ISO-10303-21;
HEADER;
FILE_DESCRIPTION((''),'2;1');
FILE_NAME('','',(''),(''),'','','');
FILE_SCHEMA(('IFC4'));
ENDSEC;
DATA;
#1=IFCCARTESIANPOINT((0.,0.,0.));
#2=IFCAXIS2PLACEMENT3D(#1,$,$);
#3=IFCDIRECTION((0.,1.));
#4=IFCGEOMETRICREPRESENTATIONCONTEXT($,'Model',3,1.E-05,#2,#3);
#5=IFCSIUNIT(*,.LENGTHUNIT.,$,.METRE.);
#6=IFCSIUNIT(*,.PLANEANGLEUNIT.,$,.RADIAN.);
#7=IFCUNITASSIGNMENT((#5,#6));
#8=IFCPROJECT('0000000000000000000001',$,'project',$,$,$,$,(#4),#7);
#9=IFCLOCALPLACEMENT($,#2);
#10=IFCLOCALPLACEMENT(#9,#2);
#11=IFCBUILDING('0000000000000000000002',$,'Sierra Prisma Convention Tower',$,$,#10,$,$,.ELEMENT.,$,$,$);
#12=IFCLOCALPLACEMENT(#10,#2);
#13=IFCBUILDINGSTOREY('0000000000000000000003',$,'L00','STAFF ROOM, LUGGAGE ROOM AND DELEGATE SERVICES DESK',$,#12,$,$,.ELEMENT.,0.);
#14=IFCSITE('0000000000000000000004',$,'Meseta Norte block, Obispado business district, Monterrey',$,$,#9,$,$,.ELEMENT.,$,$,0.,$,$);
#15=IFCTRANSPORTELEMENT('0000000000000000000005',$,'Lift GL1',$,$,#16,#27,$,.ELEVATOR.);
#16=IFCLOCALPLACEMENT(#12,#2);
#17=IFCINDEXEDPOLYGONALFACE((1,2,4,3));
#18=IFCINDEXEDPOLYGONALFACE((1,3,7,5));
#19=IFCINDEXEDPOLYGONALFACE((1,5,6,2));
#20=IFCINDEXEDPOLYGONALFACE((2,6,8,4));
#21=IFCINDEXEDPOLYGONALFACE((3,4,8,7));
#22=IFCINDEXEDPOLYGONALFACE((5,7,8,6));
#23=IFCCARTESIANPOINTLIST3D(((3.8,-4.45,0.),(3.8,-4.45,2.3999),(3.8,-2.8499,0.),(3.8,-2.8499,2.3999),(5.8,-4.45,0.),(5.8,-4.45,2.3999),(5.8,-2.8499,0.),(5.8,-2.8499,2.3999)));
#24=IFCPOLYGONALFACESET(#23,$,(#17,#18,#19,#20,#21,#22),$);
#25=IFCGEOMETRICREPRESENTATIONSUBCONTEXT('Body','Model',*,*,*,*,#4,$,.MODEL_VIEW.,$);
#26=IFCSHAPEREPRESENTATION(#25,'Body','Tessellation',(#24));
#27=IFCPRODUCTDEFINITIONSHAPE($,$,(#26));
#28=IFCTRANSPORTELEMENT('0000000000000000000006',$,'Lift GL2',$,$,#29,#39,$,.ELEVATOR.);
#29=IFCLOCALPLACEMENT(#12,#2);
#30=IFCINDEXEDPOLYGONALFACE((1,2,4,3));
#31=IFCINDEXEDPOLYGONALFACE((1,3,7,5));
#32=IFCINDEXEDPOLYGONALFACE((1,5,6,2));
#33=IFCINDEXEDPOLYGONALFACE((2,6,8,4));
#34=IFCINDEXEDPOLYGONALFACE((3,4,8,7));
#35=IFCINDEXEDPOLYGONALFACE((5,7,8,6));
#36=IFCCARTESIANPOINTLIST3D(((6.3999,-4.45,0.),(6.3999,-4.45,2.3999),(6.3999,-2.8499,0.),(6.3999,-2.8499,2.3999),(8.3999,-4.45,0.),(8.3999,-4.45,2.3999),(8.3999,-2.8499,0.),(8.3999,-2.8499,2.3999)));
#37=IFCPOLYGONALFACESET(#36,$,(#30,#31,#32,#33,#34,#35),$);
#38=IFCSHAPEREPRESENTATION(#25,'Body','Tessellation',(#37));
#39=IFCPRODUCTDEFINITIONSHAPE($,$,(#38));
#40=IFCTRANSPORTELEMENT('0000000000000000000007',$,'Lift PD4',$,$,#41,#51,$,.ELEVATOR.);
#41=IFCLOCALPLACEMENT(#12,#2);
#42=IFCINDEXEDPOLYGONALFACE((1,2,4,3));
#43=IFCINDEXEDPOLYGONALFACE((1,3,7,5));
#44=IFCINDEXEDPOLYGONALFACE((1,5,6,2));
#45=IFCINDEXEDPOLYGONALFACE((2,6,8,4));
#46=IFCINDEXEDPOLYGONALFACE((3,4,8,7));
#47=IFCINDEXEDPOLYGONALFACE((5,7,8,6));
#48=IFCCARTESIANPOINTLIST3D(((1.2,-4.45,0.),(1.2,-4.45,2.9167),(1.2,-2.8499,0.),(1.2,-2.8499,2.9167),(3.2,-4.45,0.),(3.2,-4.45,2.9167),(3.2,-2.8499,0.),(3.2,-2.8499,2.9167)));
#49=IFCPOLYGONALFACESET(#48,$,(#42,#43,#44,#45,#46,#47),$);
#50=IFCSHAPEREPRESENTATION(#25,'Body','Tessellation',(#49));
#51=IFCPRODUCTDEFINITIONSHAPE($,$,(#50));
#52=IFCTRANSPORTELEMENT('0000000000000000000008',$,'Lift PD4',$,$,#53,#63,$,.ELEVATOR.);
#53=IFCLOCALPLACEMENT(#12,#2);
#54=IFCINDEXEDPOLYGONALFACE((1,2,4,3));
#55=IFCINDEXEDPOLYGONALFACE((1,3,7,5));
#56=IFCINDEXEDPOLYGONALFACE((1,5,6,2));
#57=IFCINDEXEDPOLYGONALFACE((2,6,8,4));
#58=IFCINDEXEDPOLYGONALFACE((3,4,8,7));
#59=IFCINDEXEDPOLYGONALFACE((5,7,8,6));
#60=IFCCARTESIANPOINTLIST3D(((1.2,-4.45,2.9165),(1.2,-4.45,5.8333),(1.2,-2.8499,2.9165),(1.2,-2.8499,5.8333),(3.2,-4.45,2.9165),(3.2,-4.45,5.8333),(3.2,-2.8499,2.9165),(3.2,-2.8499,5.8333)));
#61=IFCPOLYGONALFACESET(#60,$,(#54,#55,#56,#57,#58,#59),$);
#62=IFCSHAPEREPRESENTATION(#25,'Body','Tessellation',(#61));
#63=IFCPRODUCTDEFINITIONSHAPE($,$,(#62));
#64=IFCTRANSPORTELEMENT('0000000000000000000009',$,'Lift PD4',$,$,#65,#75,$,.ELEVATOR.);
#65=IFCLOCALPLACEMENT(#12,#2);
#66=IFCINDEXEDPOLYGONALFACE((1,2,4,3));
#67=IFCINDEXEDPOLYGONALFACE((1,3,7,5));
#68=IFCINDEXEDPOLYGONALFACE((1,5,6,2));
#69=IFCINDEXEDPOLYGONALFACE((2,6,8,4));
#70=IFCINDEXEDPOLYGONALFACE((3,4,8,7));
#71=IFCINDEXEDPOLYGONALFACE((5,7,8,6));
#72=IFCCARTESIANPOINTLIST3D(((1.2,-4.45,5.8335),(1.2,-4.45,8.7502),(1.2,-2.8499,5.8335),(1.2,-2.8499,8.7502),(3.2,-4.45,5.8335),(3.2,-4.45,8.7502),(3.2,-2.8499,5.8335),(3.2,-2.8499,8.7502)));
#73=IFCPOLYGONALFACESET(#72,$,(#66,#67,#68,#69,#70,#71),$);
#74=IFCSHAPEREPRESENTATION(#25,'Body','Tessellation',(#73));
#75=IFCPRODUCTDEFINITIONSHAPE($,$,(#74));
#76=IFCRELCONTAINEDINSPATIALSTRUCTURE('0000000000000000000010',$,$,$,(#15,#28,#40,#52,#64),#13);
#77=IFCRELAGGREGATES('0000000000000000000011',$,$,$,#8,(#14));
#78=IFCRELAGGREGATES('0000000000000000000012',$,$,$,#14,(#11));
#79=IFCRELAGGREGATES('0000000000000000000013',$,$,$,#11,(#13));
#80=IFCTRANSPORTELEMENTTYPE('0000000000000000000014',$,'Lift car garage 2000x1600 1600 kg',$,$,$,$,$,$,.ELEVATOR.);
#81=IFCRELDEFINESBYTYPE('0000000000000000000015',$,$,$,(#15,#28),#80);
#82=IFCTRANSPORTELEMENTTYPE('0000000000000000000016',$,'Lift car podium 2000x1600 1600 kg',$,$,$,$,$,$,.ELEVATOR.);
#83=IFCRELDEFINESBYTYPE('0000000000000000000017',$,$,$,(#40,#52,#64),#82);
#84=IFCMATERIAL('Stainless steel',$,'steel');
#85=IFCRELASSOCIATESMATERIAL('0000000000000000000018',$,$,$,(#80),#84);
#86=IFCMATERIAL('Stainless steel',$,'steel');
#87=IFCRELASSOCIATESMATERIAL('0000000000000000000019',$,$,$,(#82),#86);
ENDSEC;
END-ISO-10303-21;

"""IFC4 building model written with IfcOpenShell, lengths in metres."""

from ifc_helpers import new_model, si_unit, direction, frame, origin, origin_2d, place, context, subcontext, project, spatial, rectangle, extrude, material, type_object, element, save


model = new_model("IFC4")

# Units and contexts
model_context = context("Model", 3, precision=1e-05, world=origin(), true_north=direction((0.0, 1.0)))
body_context = subcontext(model_context, "Body", "Model", "MODEL_VIEW")
ifc_project = project(units=[si_unit("LENGTHUNIT", "METRE"), si_unit("PLANEANGLEUNIT", "RADIAN")], contexts=[model_context])

# Site, building, storey
site_placement = place(None, origin())
site = spatial("IfcSite", under=ifc_project, at=site_placement, Name="Meseta Norte block, Obispado business district, Monterrey", CompositionType="ELEMENT", RefElevation=0.0)
building_placement = place(site_placement, origin())
building = spatial("IfcBuilding", under=site, at=building_placement, Name="Sierra Prisma Convention Tower", CompositionType="ELEMENT")
storey_placement = place(building_placement, origin())
storey = spatial("IfcBuildingStorey", under=building, at=storey_placement, Name="L00", Description="STAFF ROOM, LUGGAGE ROOM AND DELEGATE SERVICES DESK", CompositionType="ELEMENT", Elevation=0.0)

# Transport elements
ifc_material_1 = material(Name="Stainless steel", Category="steel")
transport_element_type_1 = type_object("IfcTransportElementType", Name="Lift car garage 2000x1600 1600 kg", PredefinedType="ELEVATOR", material=ifc_material_1)
for number, where, z_axis, x_axis, name in (
    (1, (4.8, -3.6499, 0.0), (0.0, 0.0, 1.0), (1.0, 0.0, 0.0), "Lift GL1"),
    (2, (7.3999, -3.6499, 0.0), (0.0, 0.0, 1.0), (1.0, 0.0, 0.0), "Lift GL2"),
):
    element("IfcTransportElement", number, at=place(storey_placement, frame(where, z_axis=z_axis, x_axis=x_axis)), inside=storey, type_object=transport_element_type_1, Name=name, PredefinedType="ELEVATOR", context=body_context, shape_type="SweptSolid", body=[
        extrude(rectangle(XDim=2.0, YDim=1.6001, at=origin_2d()), origin(), (0.0, 0.0, 1.0), 2.3999),
    ])
ifc_material_2 = material(Name="Stainless steel", Category="steel")
transport_element_type_2 = type_object("IfcTransportElementType", Name="Lift car podium 2000x1600 1600 kg", PredefinedType="ELEVATOR", material=ifc_material_2)
for number, where, z_axis, x_axis, name in (
    (3, (2.2, -3.6499, 0.0), (0.0, 0.0, 1.0), (1.0, 0.0, 0.0), "Lift PD4"),
    (4, (2.2, -3.6499, 2.9165), (0.0, 0.0, 1.0), (1.0, 0.0, 0.0), "Lift PD4"),
    (5, (2.2, -3.6499, 5.8335), (0.0, 0.0, 1.0), (1.0, 0.0, 0.0), "Lift PD4"),
):
    element("IfcTransportElement", number, at=place(storey_placement, frame(where, z_axis=z_axis, x_axis=x_axis)), inside=storey, type_object=transport_element_type_2, Name=name, PredefinedType="ELEVATOR", context=body_context, shape_type="SweptSolid", body=[
        extrude(rectangle(XDim=2.0, YDim=1.6001, at=origin_2d()), origin(), (0.0, 0.0, 1.0), 2.9167),
    ])

save(model, "model.ifc")
